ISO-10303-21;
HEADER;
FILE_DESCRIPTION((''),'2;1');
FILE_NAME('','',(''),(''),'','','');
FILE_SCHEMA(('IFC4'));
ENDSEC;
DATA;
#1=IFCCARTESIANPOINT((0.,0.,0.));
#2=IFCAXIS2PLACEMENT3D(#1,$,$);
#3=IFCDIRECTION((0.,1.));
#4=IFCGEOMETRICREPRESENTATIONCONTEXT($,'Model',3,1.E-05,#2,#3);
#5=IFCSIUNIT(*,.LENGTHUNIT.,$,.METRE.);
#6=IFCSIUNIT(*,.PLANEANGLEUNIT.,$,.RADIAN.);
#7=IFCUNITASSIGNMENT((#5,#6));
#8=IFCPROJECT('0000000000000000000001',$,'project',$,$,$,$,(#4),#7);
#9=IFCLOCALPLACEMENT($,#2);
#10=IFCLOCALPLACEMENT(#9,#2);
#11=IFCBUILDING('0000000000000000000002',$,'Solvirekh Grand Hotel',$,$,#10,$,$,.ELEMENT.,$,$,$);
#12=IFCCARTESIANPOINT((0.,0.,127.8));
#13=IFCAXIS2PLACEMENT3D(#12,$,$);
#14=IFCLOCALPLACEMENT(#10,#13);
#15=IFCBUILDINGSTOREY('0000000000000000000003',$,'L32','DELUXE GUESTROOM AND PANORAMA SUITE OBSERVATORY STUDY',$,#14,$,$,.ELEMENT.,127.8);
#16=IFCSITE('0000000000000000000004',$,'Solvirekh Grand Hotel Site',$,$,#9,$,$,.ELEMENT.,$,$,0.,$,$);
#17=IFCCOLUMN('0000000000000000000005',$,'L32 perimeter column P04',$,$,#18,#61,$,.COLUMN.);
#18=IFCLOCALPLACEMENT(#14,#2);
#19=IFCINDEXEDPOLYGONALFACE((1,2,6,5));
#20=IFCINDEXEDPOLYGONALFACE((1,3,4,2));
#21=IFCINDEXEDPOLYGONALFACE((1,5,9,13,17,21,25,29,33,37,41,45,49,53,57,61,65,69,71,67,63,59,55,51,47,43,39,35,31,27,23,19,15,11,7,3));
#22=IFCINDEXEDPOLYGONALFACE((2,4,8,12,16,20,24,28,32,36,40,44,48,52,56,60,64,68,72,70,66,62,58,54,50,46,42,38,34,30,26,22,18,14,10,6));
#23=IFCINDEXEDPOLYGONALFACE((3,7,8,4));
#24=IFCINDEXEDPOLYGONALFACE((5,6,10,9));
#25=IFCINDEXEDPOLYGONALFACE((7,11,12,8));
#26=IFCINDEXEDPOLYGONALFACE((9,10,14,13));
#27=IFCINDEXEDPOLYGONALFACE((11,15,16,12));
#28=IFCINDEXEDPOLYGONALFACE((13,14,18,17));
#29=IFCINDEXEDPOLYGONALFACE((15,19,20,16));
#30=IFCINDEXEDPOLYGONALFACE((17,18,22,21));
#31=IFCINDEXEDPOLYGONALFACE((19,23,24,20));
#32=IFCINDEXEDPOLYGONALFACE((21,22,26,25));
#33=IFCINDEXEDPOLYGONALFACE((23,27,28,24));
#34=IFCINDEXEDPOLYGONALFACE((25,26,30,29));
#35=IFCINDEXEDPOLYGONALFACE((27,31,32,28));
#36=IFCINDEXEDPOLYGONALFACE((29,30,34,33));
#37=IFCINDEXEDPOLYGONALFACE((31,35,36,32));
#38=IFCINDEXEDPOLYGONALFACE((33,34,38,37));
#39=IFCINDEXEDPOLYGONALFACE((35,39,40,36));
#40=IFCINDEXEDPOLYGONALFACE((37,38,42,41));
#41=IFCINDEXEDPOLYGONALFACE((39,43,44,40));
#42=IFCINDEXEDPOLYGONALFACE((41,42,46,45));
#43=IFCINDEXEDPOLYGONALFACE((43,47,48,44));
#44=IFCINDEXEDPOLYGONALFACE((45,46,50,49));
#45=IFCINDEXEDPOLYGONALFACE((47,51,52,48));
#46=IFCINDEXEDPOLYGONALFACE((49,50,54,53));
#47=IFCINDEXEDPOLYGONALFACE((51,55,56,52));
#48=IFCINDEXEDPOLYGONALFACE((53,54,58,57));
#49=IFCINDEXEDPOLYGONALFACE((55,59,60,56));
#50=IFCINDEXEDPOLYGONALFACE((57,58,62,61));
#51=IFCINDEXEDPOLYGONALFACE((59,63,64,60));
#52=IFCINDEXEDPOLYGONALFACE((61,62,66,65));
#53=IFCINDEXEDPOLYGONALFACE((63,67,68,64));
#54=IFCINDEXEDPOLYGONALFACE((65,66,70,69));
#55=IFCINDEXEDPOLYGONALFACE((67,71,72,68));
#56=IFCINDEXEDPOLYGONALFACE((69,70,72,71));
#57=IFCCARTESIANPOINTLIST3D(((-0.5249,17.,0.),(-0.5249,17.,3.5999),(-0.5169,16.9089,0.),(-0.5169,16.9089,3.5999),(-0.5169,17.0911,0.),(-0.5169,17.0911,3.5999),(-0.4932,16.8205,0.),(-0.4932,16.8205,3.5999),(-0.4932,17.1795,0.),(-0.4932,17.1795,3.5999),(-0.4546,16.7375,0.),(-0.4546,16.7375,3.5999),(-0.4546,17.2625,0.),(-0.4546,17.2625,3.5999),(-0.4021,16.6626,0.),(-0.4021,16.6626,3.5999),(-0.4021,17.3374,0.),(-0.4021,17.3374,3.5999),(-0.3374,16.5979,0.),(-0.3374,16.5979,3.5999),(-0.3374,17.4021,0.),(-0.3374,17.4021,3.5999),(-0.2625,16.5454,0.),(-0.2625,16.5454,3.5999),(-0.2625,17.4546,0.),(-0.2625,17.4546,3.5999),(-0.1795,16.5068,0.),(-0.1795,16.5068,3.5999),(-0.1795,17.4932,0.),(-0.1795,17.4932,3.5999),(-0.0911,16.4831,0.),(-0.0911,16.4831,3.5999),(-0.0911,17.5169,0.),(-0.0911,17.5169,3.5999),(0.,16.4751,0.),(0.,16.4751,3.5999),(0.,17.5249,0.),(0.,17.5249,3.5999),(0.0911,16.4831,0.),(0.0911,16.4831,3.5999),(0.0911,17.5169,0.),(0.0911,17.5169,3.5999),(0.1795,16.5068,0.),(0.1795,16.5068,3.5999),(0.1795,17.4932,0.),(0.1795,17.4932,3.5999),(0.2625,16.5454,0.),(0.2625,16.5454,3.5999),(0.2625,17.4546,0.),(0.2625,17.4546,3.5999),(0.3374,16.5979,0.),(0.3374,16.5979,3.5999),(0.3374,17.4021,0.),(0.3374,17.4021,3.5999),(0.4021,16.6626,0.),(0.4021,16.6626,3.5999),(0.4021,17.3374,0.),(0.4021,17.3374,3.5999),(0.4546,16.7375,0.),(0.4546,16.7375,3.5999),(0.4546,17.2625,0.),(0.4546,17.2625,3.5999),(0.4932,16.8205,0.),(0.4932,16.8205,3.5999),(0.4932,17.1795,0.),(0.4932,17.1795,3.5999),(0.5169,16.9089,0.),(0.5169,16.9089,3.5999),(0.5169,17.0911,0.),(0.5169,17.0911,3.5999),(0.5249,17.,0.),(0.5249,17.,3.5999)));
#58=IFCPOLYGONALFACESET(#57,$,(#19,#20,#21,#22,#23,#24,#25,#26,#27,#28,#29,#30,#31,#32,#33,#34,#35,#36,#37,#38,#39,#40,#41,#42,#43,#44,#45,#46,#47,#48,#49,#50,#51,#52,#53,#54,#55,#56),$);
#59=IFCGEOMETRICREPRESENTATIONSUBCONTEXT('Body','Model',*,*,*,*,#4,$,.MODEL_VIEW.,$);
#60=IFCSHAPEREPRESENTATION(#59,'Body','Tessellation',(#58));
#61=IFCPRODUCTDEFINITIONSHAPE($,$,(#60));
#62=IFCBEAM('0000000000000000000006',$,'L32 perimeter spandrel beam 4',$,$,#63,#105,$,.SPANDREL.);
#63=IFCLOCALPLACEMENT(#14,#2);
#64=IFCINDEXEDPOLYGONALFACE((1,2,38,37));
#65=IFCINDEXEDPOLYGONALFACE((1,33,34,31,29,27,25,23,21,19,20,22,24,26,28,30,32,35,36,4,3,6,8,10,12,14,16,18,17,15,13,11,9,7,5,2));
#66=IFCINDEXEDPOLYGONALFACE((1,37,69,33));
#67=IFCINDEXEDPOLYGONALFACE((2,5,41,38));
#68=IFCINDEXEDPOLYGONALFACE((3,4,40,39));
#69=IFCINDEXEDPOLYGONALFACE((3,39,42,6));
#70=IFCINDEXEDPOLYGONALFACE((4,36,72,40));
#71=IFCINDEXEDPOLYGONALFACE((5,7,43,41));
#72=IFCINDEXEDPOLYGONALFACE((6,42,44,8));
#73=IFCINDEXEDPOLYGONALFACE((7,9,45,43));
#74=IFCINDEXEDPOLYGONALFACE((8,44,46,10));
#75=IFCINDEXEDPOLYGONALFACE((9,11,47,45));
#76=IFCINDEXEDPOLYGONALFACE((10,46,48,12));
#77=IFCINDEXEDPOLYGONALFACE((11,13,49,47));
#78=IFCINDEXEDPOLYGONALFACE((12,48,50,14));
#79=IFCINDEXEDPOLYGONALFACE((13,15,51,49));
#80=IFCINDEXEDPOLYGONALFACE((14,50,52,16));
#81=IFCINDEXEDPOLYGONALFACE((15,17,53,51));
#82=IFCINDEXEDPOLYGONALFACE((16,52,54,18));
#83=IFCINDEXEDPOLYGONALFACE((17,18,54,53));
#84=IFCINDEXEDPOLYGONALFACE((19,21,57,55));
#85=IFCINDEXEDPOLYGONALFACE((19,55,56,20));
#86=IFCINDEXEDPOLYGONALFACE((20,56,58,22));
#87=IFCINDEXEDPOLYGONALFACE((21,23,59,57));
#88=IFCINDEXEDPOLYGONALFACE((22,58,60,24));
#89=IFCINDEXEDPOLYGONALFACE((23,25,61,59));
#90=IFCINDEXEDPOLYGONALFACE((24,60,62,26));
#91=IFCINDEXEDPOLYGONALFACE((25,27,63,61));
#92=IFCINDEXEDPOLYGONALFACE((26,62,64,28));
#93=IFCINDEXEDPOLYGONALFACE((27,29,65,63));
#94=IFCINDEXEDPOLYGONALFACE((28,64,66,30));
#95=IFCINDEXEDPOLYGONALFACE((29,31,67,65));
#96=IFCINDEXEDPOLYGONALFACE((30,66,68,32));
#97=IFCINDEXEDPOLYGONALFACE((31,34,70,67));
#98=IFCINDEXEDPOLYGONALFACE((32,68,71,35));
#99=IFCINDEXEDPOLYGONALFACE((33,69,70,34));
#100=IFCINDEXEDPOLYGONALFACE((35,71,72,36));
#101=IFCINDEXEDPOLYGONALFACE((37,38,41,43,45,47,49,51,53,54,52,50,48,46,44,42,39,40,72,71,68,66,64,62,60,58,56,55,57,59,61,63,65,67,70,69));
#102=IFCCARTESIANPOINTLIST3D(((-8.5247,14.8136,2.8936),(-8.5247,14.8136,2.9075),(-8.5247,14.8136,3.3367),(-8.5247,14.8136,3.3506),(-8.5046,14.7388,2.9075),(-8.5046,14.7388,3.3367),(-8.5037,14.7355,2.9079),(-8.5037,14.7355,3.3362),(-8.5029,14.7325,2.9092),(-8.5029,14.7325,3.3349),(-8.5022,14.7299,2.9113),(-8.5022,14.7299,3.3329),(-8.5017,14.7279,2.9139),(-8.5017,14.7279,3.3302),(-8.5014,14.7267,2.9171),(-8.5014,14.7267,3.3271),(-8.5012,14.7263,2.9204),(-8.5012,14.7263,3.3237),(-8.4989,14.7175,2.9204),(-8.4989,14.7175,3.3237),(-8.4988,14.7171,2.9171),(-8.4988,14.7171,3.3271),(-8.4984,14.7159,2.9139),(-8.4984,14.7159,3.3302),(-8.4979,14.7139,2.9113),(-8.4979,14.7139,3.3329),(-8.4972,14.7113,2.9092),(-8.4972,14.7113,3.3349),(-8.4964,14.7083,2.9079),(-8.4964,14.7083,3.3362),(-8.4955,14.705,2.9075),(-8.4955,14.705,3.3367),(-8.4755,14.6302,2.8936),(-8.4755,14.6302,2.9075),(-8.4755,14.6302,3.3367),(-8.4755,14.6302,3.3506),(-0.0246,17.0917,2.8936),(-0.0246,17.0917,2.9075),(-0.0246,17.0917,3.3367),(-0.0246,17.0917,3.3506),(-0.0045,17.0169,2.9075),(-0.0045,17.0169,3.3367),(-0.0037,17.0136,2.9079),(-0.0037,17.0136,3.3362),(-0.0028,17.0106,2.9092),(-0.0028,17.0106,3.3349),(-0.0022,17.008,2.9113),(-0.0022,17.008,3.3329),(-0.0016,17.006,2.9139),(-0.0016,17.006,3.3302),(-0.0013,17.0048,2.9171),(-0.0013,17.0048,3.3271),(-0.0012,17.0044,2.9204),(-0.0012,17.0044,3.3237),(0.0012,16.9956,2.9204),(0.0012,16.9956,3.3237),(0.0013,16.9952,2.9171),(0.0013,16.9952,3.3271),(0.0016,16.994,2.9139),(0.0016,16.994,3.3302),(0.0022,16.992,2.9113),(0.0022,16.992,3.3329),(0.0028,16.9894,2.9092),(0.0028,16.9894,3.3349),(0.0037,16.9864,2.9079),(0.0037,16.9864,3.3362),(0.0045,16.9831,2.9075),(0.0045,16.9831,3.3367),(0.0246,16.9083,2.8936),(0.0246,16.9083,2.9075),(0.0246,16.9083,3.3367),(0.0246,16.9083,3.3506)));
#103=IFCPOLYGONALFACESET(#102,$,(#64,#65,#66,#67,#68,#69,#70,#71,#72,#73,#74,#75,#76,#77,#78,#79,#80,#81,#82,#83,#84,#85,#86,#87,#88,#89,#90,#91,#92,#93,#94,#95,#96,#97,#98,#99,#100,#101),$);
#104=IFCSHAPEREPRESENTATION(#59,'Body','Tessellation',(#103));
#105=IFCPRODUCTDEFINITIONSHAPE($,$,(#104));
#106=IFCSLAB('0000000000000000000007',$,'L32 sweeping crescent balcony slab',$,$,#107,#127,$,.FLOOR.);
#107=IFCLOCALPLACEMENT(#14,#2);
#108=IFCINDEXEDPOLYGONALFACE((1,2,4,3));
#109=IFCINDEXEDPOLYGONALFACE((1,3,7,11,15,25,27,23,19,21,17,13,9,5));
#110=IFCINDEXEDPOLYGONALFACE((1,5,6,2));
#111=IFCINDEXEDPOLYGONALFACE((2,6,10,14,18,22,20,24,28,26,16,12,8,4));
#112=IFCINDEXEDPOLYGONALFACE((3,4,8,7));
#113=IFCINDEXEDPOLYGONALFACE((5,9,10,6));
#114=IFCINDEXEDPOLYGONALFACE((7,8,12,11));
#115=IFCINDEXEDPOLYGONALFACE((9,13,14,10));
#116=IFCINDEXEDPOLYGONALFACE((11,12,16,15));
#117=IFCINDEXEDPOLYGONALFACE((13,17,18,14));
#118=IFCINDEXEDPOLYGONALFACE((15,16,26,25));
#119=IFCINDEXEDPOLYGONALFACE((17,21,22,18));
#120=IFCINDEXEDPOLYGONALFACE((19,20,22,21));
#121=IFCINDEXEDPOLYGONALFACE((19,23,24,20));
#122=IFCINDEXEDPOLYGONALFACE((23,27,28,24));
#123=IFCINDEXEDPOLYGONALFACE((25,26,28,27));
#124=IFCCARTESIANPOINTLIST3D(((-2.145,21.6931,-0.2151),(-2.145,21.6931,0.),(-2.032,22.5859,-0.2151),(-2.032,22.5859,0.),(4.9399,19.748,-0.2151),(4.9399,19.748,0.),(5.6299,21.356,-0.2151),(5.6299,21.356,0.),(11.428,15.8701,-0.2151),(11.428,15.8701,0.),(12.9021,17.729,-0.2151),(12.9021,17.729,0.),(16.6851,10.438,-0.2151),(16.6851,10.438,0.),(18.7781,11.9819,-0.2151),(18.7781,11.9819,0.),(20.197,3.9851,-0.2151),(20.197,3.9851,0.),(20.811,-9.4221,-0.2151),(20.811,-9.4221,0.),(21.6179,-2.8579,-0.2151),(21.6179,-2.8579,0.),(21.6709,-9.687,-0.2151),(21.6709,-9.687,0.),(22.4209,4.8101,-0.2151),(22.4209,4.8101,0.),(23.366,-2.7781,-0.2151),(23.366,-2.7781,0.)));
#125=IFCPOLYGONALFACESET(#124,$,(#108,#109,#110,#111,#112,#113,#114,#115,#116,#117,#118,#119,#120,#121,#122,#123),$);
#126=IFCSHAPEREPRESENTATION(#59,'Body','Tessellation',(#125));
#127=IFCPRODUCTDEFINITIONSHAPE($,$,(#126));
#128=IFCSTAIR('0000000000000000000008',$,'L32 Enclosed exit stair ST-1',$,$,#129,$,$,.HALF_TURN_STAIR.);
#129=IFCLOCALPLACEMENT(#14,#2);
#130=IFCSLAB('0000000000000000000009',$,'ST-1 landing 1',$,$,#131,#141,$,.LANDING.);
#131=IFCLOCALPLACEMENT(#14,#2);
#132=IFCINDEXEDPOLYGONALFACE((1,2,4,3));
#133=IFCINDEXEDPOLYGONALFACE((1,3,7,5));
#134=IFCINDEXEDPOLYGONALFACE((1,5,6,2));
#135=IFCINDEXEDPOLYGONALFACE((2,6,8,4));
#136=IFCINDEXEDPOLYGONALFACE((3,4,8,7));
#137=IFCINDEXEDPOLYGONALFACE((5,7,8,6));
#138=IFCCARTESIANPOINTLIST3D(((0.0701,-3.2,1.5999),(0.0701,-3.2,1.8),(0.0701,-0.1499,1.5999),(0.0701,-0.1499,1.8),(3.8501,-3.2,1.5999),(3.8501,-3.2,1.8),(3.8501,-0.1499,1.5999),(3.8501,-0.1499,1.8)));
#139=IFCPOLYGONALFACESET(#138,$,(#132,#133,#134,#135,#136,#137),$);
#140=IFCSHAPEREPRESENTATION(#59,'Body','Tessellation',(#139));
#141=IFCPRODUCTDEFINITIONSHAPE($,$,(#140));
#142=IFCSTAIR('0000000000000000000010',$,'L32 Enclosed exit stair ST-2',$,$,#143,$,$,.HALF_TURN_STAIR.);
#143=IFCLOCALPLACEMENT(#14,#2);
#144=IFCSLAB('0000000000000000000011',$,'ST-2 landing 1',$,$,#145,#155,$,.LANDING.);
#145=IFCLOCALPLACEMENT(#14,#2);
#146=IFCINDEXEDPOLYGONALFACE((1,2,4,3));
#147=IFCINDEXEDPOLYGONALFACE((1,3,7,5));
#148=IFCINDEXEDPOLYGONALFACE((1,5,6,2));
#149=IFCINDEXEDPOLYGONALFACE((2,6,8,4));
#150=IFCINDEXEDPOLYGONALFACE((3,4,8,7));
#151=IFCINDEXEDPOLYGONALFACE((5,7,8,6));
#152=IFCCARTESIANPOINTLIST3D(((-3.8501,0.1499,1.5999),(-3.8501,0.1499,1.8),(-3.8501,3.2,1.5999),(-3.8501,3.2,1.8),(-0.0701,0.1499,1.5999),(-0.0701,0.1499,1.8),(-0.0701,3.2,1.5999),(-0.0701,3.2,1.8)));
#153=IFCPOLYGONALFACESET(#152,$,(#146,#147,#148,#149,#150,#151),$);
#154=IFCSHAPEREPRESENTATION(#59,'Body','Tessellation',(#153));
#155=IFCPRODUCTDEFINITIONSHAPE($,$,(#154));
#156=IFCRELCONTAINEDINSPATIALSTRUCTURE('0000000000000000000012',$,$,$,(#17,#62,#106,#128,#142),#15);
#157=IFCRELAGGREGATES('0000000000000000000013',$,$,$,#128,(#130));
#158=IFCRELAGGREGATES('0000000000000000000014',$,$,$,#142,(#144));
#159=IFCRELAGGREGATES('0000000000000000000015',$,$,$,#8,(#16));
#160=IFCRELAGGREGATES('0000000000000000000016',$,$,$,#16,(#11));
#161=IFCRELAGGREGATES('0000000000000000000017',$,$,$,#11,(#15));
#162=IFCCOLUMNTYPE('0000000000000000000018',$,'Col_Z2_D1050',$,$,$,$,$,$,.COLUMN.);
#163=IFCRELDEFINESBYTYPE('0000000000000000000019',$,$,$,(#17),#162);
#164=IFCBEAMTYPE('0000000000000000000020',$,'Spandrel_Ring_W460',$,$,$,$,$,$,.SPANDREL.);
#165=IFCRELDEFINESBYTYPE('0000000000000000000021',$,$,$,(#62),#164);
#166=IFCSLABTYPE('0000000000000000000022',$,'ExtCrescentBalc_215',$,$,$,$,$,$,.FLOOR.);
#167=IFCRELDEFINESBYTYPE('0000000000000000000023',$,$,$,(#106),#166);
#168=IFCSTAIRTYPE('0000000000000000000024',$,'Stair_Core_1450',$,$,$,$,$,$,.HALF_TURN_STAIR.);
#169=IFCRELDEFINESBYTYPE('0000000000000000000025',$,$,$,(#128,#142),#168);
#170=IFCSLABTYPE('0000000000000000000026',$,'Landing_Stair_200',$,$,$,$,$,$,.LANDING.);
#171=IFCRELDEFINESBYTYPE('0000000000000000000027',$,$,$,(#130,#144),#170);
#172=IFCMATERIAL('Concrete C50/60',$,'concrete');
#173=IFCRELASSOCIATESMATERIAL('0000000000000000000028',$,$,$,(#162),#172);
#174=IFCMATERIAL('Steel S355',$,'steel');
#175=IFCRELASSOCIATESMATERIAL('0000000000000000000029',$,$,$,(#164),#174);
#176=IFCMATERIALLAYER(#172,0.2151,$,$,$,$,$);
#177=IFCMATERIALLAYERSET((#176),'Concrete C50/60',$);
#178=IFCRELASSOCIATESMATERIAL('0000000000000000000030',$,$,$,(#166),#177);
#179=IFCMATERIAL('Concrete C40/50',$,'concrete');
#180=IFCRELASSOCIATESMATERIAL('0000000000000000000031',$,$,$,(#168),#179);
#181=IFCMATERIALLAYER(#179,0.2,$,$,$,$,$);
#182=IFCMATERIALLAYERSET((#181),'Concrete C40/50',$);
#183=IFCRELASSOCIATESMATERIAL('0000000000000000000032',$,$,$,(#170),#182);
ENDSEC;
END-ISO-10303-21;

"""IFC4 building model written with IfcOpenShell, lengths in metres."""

from ifc_helpers import new_model, si_unit, direction, frame, origin, origin_2d, place, context, subcontext, project, spatial, polyline, circle, i_section, outline, extrude, material, layer, layer_set, material_profile, profile_set, type_object, element, aggregate, save


model = new_model("IFC4")

# Units and contexts
model_context = context("Model", 3, precision=1e-05, world=origin(), true_north=direction((0.0, 1.0)))
body_context = subcontext(model_context, "Body", "Model", "MODEL_VIEW")
ifc_project = project(units=[si_unit("LENGTHUNIT", "METRE"), si_unit("PLANEANGLEUNIT", "RADIAN")], contexts=[model_context])

# Site, building, storey
site_placement = place(None, origin())
site = spatial("IfcSite", under=ifc_project, at=site_placement, Name="Solvirekh Grand Hotel Site", CompositionType="ELEMENT", RefElevation=0.0)
building_placement = place(site_placement, origin())
building = spatial("IfcBuilding", under=site, at=building_placement, Name="Solvirekh Grand Hotel", CompositionType="ELEMENT")
storey_placement = place(building_placement, frame((0.0, 0.0, 127.8)))
storey = spatial("IfcBuildingStorey", under=building, at=storey_placement, Name="L32", Description="DELUXE GUESTROOM AND PANORAMA SUITE OBSERVATORY STUDY", CompositionType="ELEMENT", Elevation=127.8)

# Column
ifc_material_1 = material(Name="Concrete C50/60", Category="concrete")
ifc_material_profile_1 = material_profile(ifc_material_1, circle(Radius=0.5249, at=origin_2d()), Name="RC CIRC D1050")
ifc_profile_set_1 = profile_set([ifc_material_profile_1], Name="Concrete C50/60")
column_type = type_object("IfcColumnType", Name="Col_Z2_D1050", PredefinedType="COLUMN", material=ifc_profile_set_1)
column_placement = place(storey_placement, frame((0.0, 17.0, 0.0), z_axis=(0.0, 0.0, 1.0), x_axis=(1.0, 0.0, 0.0)))
element("IfcColumn", 1, at=column_placement, inside=storey, type_object=column_type, Name="L32 perimeter column P04", PredefinedType="COLUMN", context=body_context, shape_type="SweptSolid", body=[
    extrude(circle(Radius=0.5249, at=origin_2d()), origin(), (0.0, 0.0, 1.0), 3.5999),
])

# Beam
ifc_material_2 = material(Name="Steel S355", Category="steel")
ifc_material_profile_2 = material_profile(ifc_material_2, i_section(OverallWidth=0.1899, OverallDepth=0.457, WebThickness=0.009, FlangeThickness=0.0139, FilletRadius=0.0129, at=origin_2d()), Name="W460X74")
ifc_profile_set_2 = profile_set([ifc_material_profile_2], Name="Steel S355")
beam_type = type_object("IfcBeamType", Name="Spandrel_Ring_W460", PredefinedType="SPANDREL", material=ifc_profile_set_2)
beam_placement = place(storey_placement, frame((0.0, 17.0, 3.1221), z_axis=(-0.965911, -0.258873, 0.0), x_axis=(0.258873, -0.965911, 0.0)))
element("IfcBeam", 2, at=beam_placement, inside=storey, type_object=beam_type, Name="L32 perimeter spandrel beam 4", PredefinedType="SPANDREL", context=body_context, shape_type="SweptSolid", body=[
    extrude(i_section(OverallWidth=0.1899, OverallDepth=0.457, WebThickness=0.009, FlangeThickness=0.0139, FilletRadius=0.0129, at=origin_2d()), origin(), (0.0, 0.0, 1.0), 8.8),
])

# Slab
ifc_layer_1 = layer(ifc_material_1, 0.2151)
ifc_layer_set_1 = layer_set([ifc_layer_1], Name="Concrete C50/60")
slab_type_1 = type_object("IfcSlabType", Name="ExtCrescentBalc_215", PredefinedType="FLOOR", material=ifc_layer_set_1)
slab_1_placement = place(storey_placement, frame((0.0, 0.0, -0.2151)))
element("IfcSlab", 3, at=slab_1_placement, inside=storey, type_object=slab_type_1, Name="L32 sweeping crescent balcony slab", PredefinedType="FLOOR", context=body_context, shape_type="SweptSolid", body=[
    extrude(outline(polyline([(21.6709, -9.687), (23.366, -2.7781), (22.4209, 4.8101), (18.7781, 11.9819), (12.9021, 17.729), (5.6299, 21.356), (-2.032, 22.5859), (-2.145, 21.6931), (4.9399, 19.748), (11.428, 15.8701), (16.6851, 10.438), (20.197, 3.9851), (21.6179, -2.8579), (20.811, -9.4221), (21.6709, -9.687)])), origin(), (0.0, 0.0, 1.0), 0.2151),
])

# Stairs, slabs
ifc_material_3 = material(Name="Concrete C40/50", Category="concrete")
stair_type = type_object("IfcStairType", Name="Stair_Core_1450", PredefinedType="HALF_TURN_STAIR", material=ifc_material_3)
stair_1_placement = place(storey_placement, origin())
stair_1 = element("IfcStair", 4, at=stair_1_placement, inside=storey, type_object=stair_type, Name="L32 Enclosed exit stair ST-1", PredefinedType="HALF_TURN_STAIR")
ifc_layer_2 = layer(ifc_material_3, 0.2)
ifc_layer_set_2 = layer_set([ifc_layer_2], Name="Concrete C40/50")
slab_type_2 = type_object("IfcSlabType", Name="Landing_Stair_200", PredefinedType="LANDING", material=ifc_layer_set_2)
slab_2_placement = place(storey_placement, frame((0.0, 0.0, 1.5999)))
slab_2 = element("IfcSlab", 5, at=slab_2_placement, type_object=slab_type_2, Name="ST-1 landing 1", PredefinedType="LANDING", context=body_context, shape_type="SweptSolid", body=[
    extrude(outline(polyline([(0.0701, -3.2), (3.8501, -3.2), (3.8501, -0.1499), (0.0701, -0.1499), (0.0701, -3.2)])), origin(), (0.0, 0.0, 1.0), 0.2002),
])
aggregate(stair_1, [slab_2])
stair_2_placement = place(storey_placement, origin())
stair_2 = element("IfcStair", 6, at=stair_2_placement, inside=storey, type_object=stair_type, Name="L32 Enclosed exit stair ST-2", PredefinedType="HALF_TURN_STAIR")
slab_3_placement = place(storey_placement, frame((0.0, 0.0, 1.5999)))
slab_3 = element("IfcSlab", 7, at=slab_3_placement, type_object=slab_type_2, Name="ST-2 landing 1", PredefinedType="LANDING", context=body_context, shape_type="SweptSolid", body=[
    extrude(outline(polyline([(-0.0701, 3.2), (-3.8501, 3.2), (-3.8501, 0.1499), (-0.0701, 0.1499), (-0.0701, 3.2)])), origin(), (0.0, 0.0, 1.0), 0.2002),
])

aggregate(stair_2, [slab_3])

save(model, "model.ifc")
